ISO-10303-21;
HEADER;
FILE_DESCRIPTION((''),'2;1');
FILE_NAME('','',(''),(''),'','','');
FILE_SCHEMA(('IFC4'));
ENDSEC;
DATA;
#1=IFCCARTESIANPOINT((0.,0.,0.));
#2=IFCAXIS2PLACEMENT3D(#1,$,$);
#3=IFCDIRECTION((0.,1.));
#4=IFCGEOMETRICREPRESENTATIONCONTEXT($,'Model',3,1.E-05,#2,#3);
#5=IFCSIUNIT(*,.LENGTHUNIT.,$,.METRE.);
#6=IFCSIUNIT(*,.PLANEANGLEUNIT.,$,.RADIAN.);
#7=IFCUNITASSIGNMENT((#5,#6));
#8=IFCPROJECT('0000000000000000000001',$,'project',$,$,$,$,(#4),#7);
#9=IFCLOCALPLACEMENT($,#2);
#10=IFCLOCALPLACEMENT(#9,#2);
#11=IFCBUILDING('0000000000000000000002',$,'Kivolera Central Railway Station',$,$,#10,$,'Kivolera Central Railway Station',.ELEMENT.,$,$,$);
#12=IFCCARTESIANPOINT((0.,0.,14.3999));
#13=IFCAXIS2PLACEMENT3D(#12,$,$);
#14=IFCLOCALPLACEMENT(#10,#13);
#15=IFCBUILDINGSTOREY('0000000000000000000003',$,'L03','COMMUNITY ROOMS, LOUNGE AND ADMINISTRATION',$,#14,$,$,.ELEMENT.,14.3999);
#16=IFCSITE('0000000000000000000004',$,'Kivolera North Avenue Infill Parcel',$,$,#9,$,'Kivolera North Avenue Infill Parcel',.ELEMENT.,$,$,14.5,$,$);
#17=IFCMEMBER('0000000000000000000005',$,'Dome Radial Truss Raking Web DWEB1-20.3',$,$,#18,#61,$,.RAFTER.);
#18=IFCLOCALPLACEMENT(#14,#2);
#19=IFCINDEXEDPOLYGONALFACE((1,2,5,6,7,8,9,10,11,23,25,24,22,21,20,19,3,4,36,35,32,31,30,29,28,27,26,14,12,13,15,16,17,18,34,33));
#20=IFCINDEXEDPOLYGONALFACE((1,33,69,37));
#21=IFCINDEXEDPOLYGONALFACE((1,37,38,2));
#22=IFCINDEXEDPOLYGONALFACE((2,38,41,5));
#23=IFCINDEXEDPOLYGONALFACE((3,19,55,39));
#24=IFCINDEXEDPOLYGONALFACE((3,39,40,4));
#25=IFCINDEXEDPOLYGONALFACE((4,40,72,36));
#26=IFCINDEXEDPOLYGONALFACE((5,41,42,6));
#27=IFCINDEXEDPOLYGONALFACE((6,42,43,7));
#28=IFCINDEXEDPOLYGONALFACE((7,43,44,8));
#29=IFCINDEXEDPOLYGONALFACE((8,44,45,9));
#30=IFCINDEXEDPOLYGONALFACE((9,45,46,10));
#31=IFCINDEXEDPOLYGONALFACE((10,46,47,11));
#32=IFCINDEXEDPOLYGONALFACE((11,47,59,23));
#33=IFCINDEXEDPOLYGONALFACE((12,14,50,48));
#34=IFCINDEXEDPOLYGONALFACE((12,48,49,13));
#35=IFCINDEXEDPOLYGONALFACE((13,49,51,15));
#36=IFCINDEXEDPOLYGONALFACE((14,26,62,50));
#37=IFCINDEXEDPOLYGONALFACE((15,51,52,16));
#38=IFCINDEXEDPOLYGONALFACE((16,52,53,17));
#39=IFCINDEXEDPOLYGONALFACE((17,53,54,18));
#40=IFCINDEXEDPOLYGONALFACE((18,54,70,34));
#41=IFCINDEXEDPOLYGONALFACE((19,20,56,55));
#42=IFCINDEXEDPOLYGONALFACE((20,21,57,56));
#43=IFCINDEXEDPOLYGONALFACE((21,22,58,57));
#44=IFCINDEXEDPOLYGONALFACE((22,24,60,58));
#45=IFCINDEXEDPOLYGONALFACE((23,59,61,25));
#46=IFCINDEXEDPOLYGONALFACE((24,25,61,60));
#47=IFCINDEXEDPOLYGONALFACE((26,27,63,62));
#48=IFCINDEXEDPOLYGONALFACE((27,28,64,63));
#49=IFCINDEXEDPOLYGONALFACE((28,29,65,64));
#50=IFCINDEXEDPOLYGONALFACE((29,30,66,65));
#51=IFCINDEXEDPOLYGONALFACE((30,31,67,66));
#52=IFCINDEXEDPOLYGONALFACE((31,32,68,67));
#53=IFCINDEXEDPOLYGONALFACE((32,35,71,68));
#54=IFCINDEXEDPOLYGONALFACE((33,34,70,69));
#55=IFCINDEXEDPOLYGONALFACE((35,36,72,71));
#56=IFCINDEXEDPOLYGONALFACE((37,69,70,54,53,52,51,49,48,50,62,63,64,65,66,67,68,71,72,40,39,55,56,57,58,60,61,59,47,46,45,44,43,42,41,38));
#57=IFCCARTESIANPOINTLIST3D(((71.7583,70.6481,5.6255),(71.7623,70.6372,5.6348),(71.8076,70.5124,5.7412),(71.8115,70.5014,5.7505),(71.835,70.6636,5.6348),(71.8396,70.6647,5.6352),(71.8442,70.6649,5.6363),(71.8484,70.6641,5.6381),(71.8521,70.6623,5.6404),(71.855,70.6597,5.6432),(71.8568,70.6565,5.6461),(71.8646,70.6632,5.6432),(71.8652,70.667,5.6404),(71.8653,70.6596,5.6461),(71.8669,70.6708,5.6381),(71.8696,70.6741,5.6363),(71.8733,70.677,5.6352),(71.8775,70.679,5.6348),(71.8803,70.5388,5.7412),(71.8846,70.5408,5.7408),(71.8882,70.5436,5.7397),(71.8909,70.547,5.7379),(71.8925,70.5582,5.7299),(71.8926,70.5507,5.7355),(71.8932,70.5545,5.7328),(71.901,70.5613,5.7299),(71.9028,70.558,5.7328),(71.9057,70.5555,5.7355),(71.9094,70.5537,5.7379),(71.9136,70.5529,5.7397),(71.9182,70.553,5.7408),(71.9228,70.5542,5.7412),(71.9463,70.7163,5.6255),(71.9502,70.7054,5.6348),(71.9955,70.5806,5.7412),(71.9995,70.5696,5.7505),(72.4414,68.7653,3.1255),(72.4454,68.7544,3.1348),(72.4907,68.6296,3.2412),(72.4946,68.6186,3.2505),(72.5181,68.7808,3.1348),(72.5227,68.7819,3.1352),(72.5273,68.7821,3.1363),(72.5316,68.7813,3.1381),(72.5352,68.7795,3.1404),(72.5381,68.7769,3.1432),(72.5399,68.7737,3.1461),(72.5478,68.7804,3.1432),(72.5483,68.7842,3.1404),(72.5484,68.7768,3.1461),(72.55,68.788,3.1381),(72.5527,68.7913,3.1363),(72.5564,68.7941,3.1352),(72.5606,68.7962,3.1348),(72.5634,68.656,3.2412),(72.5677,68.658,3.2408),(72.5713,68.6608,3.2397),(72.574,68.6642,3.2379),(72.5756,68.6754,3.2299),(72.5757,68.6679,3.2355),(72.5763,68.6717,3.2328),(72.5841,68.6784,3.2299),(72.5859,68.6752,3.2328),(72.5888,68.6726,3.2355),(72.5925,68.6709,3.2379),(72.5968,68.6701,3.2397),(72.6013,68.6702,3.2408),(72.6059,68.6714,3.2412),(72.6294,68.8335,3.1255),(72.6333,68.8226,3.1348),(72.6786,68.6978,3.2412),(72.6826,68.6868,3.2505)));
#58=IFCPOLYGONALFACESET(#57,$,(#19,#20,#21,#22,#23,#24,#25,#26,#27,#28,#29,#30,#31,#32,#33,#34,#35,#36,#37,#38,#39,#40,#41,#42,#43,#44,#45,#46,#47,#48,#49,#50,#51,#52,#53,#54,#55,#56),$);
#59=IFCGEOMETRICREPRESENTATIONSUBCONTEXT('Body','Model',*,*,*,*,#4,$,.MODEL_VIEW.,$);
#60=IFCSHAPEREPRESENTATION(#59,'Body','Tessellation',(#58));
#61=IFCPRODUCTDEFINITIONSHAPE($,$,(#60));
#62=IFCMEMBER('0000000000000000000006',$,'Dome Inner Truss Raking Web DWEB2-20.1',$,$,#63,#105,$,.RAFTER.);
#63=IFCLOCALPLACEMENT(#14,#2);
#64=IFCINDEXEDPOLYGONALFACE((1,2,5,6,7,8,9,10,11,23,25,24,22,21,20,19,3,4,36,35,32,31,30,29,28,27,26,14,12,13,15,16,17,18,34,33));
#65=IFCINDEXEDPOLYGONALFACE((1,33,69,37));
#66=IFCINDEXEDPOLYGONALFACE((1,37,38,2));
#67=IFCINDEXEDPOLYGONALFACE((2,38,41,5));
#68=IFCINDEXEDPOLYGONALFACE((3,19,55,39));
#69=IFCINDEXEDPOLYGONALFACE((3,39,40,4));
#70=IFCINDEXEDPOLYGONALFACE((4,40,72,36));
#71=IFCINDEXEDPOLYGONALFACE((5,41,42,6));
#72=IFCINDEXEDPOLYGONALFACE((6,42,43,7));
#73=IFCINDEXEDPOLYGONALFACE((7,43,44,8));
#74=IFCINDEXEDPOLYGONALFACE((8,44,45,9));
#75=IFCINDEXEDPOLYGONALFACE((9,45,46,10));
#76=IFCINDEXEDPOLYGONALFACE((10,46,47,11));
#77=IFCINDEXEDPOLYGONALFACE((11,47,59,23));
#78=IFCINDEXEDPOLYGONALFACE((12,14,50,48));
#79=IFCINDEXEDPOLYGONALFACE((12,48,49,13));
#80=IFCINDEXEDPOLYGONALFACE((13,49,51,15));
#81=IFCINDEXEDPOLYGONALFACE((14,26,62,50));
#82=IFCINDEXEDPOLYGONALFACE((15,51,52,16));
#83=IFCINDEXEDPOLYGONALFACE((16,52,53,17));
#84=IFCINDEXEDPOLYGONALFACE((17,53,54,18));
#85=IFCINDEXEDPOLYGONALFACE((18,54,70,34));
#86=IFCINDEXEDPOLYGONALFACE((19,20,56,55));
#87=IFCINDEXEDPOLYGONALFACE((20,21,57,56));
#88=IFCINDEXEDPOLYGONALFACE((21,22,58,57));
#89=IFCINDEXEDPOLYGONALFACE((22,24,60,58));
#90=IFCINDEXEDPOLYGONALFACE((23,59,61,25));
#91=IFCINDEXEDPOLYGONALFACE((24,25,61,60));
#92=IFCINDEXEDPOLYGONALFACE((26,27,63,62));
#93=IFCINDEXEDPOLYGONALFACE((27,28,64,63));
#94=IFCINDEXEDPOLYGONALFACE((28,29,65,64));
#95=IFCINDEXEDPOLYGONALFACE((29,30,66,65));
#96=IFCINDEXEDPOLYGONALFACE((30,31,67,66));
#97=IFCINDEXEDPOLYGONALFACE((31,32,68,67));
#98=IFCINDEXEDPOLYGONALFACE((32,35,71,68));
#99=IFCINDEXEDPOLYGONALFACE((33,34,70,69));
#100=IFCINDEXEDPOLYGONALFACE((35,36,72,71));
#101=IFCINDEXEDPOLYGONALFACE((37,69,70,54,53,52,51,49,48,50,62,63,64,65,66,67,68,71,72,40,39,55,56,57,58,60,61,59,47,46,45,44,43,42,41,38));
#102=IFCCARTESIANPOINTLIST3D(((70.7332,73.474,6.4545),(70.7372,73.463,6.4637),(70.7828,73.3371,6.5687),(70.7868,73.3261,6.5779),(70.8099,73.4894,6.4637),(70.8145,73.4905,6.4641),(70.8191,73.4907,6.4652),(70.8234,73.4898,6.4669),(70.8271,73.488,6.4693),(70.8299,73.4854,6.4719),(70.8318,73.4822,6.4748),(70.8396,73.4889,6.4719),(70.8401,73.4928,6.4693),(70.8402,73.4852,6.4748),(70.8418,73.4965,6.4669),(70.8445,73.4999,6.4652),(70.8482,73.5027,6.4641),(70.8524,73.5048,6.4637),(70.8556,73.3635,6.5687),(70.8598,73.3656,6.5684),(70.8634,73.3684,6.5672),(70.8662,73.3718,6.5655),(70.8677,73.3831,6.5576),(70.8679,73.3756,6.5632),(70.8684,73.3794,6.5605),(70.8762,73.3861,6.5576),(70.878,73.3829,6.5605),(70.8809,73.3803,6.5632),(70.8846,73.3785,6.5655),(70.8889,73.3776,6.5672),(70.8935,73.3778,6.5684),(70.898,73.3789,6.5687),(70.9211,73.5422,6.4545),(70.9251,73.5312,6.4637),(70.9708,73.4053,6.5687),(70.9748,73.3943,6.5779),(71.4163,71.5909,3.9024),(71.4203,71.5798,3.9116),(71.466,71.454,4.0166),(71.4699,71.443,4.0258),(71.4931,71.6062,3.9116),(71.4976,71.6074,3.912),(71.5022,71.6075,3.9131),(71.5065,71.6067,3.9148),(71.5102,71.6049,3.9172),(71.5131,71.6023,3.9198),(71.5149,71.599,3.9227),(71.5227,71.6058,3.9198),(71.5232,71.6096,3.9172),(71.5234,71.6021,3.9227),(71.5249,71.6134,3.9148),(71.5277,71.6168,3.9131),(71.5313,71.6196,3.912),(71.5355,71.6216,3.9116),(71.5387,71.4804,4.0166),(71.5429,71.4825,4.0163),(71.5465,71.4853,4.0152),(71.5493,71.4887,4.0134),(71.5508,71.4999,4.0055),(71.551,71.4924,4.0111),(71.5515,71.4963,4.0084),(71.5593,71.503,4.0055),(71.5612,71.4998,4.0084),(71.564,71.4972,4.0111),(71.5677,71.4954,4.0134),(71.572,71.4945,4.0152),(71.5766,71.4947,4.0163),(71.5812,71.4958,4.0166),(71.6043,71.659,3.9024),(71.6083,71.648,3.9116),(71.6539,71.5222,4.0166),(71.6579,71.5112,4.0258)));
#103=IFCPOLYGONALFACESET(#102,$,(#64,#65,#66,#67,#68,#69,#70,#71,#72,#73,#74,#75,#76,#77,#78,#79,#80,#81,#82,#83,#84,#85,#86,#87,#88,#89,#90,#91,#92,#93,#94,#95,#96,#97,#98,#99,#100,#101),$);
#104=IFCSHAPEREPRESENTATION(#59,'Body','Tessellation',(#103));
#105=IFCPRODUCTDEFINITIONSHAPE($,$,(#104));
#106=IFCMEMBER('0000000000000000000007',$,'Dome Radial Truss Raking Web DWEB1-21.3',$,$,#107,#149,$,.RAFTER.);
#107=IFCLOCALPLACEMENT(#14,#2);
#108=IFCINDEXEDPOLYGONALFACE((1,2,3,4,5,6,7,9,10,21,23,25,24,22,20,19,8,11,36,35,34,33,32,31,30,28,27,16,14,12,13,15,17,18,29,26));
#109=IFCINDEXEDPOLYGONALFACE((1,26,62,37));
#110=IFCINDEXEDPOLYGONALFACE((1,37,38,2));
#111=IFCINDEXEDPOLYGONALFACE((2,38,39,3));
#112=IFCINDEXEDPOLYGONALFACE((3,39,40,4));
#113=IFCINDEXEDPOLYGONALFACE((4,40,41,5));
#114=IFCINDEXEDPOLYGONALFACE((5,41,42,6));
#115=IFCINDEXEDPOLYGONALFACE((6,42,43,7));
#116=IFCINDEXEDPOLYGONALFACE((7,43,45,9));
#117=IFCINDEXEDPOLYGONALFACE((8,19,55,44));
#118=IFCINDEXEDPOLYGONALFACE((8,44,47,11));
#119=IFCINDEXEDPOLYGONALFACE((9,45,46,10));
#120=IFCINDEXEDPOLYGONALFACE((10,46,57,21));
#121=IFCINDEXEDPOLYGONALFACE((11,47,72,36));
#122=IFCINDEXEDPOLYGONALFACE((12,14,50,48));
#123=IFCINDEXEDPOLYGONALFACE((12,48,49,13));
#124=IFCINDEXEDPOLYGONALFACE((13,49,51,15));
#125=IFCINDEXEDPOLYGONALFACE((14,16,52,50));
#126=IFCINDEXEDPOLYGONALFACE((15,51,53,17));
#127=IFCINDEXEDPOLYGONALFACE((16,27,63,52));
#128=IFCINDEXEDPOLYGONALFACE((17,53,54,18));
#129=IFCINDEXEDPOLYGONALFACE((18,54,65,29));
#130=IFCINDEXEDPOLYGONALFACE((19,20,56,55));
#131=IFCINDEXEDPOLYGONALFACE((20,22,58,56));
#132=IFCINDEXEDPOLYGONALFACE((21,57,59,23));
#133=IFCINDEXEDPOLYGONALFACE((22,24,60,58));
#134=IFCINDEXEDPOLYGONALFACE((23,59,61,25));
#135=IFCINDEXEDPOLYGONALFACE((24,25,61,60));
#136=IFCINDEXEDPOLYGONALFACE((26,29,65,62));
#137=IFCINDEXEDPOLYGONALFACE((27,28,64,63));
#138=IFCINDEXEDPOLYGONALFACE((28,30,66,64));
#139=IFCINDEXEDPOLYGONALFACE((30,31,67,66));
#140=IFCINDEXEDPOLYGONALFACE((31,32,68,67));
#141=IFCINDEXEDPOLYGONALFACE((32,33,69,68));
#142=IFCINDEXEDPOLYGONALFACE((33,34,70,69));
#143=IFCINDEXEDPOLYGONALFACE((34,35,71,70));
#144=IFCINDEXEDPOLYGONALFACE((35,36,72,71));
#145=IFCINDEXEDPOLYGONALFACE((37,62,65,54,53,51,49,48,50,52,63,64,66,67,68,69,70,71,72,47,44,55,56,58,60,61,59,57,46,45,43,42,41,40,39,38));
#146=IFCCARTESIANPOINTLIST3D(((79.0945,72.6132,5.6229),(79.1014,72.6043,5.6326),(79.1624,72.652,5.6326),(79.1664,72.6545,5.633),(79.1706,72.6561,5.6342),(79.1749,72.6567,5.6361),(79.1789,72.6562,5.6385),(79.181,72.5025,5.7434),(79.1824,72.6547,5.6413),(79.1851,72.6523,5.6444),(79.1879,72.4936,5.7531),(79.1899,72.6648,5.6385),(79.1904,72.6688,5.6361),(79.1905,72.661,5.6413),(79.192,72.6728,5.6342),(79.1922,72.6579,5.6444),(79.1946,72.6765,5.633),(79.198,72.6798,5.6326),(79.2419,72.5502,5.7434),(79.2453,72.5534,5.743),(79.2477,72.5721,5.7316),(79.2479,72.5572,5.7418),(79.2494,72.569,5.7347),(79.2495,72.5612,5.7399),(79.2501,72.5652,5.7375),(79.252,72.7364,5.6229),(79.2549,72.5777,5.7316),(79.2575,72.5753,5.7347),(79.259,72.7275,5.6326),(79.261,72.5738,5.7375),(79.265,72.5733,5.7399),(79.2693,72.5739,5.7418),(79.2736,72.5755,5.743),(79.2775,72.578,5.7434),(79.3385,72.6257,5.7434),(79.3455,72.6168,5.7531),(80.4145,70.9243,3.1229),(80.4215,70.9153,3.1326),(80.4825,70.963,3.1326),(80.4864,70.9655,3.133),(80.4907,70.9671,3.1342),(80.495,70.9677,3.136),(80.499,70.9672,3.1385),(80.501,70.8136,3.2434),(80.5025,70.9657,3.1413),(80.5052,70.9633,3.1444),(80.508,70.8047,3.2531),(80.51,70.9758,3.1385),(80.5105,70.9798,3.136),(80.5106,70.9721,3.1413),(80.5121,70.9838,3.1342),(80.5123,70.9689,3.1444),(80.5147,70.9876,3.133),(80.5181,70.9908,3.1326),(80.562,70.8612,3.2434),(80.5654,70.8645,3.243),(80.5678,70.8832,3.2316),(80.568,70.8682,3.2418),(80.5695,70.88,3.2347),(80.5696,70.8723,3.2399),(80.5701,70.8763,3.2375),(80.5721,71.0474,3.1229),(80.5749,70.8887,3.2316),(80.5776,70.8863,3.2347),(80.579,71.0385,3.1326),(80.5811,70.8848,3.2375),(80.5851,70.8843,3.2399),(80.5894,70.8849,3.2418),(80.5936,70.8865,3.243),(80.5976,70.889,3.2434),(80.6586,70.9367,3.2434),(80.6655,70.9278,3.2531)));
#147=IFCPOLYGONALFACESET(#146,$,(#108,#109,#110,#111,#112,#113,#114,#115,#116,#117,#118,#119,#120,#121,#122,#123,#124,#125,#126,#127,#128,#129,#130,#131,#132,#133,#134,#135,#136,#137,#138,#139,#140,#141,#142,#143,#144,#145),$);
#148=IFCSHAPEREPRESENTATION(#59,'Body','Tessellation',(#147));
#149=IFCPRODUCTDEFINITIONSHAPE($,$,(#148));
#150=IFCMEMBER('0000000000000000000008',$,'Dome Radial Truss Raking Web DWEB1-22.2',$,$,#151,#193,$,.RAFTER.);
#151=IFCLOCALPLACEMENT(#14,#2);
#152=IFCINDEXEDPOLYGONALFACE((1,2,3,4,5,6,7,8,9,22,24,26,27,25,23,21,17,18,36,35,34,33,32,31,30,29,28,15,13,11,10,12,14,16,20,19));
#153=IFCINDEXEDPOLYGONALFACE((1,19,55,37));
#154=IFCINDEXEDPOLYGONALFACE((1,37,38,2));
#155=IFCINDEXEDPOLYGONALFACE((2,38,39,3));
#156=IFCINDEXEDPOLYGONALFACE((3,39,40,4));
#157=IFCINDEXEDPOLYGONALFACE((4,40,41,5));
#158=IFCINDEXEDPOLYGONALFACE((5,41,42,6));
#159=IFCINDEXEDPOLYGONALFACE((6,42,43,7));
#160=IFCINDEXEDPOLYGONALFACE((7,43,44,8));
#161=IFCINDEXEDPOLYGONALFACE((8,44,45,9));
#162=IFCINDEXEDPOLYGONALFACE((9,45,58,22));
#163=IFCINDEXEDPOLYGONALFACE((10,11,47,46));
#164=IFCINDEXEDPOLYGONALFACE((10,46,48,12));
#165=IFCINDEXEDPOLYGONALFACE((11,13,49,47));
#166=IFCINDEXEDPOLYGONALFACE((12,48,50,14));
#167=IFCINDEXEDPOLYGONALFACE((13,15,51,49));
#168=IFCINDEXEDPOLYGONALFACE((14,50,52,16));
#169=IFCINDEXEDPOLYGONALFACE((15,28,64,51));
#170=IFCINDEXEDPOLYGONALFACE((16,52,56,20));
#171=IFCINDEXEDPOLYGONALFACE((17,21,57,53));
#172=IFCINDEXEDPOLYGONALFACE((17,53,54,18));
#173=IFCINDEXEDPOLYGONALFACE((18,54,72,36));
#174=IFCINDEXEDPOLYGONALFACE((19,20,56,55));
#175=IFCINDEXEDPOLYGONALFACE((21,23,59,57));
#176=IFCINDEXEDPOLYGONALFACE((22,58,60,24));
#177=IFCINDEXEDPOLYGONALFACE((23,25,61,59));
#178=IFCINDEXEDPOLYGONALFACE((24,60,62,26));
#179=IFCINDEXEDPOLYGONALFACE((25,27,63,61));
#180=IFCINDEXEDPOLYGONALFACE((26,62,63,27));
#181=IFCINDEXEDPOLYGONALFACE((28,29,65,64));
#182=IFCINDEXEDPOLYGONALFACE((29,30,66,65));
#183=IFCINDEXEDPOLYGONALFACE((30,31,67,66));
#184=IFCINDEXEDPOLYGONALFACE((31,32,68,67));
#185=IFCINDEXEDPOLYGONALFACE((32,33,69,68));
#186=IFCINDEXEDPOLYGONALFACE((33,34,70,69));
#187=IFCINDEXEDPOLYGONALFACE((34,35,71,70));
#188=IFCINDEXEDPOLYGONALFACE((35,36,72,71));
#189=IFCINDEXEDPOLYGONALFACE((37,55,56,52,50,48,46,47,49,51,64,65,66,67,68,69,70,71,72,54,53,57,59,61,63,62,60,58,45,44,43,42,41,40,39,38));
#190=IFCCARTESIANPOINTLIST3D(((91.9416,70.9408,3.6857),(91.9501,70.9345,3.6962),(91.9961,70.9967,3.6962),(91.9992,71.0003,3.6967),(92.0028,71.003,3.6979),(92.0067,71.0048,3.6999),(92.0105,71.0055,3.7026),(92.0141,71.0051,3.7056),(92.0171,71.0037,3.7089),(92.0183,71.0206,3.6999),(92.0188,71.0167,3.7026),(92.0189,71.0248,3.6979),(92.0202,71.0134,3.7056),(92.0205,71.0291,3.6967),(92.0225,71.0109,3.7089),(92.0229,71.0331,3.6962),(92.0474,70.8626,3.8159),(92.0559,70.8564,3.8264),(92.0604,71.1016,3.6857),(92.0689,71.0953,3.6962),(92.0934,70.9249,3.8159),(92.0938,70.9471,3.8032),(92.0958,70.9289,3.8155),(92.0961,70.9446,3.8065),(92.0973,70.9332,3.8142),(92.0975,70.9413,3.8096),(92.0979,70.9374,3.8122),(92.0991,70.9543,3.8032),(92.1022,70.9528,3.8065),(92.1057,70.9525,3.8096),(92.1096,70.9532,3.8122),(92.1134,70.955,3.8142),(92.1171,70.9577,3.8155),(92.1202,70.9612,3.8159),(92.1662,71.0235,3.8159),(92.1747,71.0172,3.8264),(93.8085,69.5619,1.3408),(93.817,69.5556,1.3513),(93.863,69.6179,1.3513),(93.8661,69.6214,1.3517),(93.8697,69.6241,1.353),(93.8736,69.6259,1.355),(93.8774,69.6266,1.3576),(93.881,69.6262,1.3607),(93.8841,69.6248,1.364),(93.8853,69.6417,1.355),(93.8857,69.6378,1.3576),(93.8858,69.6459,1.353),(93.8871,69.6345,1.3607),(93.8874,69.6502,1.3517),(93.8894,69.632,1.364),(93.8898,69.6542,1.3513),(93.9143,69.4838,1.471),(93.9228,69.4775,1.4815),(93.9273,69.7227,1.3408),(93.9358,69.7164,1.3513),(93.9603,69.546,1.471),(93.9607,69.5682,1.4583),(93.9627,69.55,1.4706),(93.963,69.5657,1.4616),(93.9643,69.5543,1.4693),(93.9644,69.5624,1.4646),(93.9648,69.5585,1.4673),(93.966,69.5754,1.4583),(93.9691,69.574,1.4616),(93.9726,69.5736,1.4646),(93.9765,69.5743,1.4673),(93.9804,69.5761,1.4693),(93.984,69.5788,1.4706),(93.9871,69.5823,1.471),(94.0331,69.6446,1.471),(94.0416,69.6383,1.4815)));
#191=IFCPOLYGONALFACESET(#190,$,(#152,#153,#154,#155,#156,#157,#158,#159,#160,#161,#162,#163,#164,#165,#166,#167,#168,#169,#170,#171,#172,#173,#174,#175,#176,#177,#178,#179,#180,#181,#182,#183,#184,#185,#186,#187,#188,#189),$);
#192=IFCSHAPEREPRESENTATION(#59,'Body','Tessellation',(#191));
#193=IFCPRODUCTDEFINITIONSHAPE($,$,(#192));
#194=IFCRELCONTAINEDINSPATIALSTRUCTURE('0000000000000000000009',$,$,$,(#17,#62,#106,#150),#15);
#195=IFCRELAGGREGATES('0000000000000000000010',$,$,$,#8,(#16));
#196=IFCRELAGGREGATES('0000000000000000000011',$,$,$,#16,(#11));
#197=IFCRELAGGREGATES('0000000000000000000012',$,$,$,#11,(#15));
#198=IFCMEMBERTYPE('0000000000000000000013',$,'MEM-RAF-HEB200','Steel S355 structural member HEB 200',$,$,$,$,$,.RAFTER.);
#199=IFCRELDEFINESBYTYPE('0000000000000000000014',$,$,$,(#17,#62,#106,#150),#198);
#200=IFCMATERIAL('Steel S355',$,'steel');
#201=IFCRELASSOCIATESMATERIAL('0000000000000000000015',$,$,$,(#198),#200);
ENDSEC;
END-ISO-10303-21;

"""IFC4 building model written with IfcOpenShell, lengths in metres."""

from ifc_helpers import new_model, si_unit, direction, frame, origin, origin_2d, place, context, subcontext, project, spatial, i_section, extrude, material, material_profile, profile_set, type_object, element, save


model = new_model("IFC4")

# Units and contexts
model_context = context("Model", 3, precision=1e-05, world=origin(), true_north=direction((0.0, 1.0)))
body_context = subcontext(model_context, "Body", "Model", "MODEL_VIEW")
ifc_project = project(units=[si_unit("LENGTHUNIT", "METRE"), si_unit("PLANEANGLEUNIT", "RADIAN")], contexts=[model_context])

# Site, building, storey
site_placement = place(None, origin())
site = spatial("IfcSite", under=ifc_project, at=site_placement, Name="Kivolera North Avenue Infill Parcel", LongName="Kivolera North Avenue Infill Parcel", CompositionType="ELEMENT", RefElevation=14.5)
building_placement = place(site_placement, origin())
building = spatial("IfcBuilding", under=site, at=building_placement, Name="Kivolera Central Railway Station", LongName="Kivolera Central Railway Station", CompositionType="ELEMENT")
storey_placement = place(building_placement, frame((0.0, 0.0, 14.3999)))
storey = spatial("IfcBuildingStorey", under=building, at=storey_placement, Name="L03", Description="COMMUNITY ROOMS, LOUNGE AND ADMINISTRATION", CompositionType="ELEMENT", Elevation=14.3999)

# Shared definitions
ifc_material_1 = material(Name="Steel S355", Category="steel")

# Members
ifc_material_profile_1 = material_profile(ifc_material_1, i_section(OverallWidth=0.2, OverallDepth=0.2, WebThickness=0.009, FlangeThickness=0.0149, FilletRadius=0.0181, at=origin_2d()), Name="HEB 200")
ifc_profile_set_1 = profile_set([ifc_material_profile_1], Name="Steel S355")
member_type_1 = type_object("IfcMemberType", Name="MEM-RAF-HEB200", Description="Steel S355 structural member HEB 200", PredefinedType="RAFTER", material=ifc_profile_set_1)
member_1_placement = place(storey_placement, frame((72.562, 68.7261, 3.188), z_axis=(-0.213246, 0.587759, 0.780427), x_axis=(-0.940042, -0.341058, 0.0)))
element("IfcMember", 1, at=member_1_placement, inside=storey, type_object=member_type_1, Name="Dome Radial Truss Raking Web DWEB1-20.3", PredefinedType="RAFTER", context=body_context, shape_type="SweptSolid", body=[
    extrude(i_section(OverallWidth=0.2, OverallDepth=0.2, WebThickness=0.009, FlangeThickness=0.0149, FilletRadius=0.0181, at=origin_2d()), origin(), (0.0, 0.0, 1.0), 3.2034),
])
member_2_placement = place(storey_placement, frame((71.5371, 71.551, 3.9641), z_axis=(-0.210558, 0.580426, 0.78662), x_axis=(-0.940056, -0.341019, 0.0)))
element("IfcMember", 2, at=member_2_placement, inside=storey, type_object=member_type_1, Name="Dome Inner Truss Raking Web DWEB2-20.1", PredefinedType="RAFTER", context=body_context, shape_type="SweptSolid", body=[
    extrude(i_section(OverallWidth=0.2, OverallDepth=0.2, WebThickness=0.009, FlangeThickness=0.0149, FilletRadius=0.0181, at=origin_2d()), origin(), (0.0, 0.0, 1.0), 3.2444),
])
member_3_placement = place(storey_placement, frame((80.54, 70.926, 3.188), z_axis=(-0.400846, 0.512864, 0.759139), x_axis=(-0.787897, -0.615808, 0.0)))
element("IfcMember", 3, at=member_3_placement, inside=storey, type_object=member_type_1, Name="Dome Radial Truss Raking Web DWEB1-21.3", PredefinedType="RAFTER", context=body_context, shape_type="SweptSolid", body=[
    extrude(i_section(OverallWidth=0.2, OverallDepth=0.2, WebThickness=0.009, FlangeThickness=0.0149, FilletRadius=0.0181, at=origin_2d()), origin(), (0.0, 0.0, 1.0), 3.2932),
])
member_4_placement = place(storey_placement, frame((93.925, 69.6001, 1.4111), z_axis=(-0.565851, 0.417932, 0.710736), x_axis=(-0.59411, -0.804384, 0.0)))
element("IfcMember", 4, at=member_4_placement, inside=storey, type_object=member_type_1, Name="Dome Radial Truss Raking Web DWEB1-22.2", PredefinedType="RAFTER", context=body_context, shape_type="SweptSolid", body=[
    extrude(i_section(OverallWidth=0.2, OverallDepth=0.2, WebThickness=0.009, FlangeThickness=0.0149, FilletRadius=0.0181, at=origin_2d()), origin(), (0.0, 0.0, 1.0), 3.2993),
])

save(model, "model.ifc")
